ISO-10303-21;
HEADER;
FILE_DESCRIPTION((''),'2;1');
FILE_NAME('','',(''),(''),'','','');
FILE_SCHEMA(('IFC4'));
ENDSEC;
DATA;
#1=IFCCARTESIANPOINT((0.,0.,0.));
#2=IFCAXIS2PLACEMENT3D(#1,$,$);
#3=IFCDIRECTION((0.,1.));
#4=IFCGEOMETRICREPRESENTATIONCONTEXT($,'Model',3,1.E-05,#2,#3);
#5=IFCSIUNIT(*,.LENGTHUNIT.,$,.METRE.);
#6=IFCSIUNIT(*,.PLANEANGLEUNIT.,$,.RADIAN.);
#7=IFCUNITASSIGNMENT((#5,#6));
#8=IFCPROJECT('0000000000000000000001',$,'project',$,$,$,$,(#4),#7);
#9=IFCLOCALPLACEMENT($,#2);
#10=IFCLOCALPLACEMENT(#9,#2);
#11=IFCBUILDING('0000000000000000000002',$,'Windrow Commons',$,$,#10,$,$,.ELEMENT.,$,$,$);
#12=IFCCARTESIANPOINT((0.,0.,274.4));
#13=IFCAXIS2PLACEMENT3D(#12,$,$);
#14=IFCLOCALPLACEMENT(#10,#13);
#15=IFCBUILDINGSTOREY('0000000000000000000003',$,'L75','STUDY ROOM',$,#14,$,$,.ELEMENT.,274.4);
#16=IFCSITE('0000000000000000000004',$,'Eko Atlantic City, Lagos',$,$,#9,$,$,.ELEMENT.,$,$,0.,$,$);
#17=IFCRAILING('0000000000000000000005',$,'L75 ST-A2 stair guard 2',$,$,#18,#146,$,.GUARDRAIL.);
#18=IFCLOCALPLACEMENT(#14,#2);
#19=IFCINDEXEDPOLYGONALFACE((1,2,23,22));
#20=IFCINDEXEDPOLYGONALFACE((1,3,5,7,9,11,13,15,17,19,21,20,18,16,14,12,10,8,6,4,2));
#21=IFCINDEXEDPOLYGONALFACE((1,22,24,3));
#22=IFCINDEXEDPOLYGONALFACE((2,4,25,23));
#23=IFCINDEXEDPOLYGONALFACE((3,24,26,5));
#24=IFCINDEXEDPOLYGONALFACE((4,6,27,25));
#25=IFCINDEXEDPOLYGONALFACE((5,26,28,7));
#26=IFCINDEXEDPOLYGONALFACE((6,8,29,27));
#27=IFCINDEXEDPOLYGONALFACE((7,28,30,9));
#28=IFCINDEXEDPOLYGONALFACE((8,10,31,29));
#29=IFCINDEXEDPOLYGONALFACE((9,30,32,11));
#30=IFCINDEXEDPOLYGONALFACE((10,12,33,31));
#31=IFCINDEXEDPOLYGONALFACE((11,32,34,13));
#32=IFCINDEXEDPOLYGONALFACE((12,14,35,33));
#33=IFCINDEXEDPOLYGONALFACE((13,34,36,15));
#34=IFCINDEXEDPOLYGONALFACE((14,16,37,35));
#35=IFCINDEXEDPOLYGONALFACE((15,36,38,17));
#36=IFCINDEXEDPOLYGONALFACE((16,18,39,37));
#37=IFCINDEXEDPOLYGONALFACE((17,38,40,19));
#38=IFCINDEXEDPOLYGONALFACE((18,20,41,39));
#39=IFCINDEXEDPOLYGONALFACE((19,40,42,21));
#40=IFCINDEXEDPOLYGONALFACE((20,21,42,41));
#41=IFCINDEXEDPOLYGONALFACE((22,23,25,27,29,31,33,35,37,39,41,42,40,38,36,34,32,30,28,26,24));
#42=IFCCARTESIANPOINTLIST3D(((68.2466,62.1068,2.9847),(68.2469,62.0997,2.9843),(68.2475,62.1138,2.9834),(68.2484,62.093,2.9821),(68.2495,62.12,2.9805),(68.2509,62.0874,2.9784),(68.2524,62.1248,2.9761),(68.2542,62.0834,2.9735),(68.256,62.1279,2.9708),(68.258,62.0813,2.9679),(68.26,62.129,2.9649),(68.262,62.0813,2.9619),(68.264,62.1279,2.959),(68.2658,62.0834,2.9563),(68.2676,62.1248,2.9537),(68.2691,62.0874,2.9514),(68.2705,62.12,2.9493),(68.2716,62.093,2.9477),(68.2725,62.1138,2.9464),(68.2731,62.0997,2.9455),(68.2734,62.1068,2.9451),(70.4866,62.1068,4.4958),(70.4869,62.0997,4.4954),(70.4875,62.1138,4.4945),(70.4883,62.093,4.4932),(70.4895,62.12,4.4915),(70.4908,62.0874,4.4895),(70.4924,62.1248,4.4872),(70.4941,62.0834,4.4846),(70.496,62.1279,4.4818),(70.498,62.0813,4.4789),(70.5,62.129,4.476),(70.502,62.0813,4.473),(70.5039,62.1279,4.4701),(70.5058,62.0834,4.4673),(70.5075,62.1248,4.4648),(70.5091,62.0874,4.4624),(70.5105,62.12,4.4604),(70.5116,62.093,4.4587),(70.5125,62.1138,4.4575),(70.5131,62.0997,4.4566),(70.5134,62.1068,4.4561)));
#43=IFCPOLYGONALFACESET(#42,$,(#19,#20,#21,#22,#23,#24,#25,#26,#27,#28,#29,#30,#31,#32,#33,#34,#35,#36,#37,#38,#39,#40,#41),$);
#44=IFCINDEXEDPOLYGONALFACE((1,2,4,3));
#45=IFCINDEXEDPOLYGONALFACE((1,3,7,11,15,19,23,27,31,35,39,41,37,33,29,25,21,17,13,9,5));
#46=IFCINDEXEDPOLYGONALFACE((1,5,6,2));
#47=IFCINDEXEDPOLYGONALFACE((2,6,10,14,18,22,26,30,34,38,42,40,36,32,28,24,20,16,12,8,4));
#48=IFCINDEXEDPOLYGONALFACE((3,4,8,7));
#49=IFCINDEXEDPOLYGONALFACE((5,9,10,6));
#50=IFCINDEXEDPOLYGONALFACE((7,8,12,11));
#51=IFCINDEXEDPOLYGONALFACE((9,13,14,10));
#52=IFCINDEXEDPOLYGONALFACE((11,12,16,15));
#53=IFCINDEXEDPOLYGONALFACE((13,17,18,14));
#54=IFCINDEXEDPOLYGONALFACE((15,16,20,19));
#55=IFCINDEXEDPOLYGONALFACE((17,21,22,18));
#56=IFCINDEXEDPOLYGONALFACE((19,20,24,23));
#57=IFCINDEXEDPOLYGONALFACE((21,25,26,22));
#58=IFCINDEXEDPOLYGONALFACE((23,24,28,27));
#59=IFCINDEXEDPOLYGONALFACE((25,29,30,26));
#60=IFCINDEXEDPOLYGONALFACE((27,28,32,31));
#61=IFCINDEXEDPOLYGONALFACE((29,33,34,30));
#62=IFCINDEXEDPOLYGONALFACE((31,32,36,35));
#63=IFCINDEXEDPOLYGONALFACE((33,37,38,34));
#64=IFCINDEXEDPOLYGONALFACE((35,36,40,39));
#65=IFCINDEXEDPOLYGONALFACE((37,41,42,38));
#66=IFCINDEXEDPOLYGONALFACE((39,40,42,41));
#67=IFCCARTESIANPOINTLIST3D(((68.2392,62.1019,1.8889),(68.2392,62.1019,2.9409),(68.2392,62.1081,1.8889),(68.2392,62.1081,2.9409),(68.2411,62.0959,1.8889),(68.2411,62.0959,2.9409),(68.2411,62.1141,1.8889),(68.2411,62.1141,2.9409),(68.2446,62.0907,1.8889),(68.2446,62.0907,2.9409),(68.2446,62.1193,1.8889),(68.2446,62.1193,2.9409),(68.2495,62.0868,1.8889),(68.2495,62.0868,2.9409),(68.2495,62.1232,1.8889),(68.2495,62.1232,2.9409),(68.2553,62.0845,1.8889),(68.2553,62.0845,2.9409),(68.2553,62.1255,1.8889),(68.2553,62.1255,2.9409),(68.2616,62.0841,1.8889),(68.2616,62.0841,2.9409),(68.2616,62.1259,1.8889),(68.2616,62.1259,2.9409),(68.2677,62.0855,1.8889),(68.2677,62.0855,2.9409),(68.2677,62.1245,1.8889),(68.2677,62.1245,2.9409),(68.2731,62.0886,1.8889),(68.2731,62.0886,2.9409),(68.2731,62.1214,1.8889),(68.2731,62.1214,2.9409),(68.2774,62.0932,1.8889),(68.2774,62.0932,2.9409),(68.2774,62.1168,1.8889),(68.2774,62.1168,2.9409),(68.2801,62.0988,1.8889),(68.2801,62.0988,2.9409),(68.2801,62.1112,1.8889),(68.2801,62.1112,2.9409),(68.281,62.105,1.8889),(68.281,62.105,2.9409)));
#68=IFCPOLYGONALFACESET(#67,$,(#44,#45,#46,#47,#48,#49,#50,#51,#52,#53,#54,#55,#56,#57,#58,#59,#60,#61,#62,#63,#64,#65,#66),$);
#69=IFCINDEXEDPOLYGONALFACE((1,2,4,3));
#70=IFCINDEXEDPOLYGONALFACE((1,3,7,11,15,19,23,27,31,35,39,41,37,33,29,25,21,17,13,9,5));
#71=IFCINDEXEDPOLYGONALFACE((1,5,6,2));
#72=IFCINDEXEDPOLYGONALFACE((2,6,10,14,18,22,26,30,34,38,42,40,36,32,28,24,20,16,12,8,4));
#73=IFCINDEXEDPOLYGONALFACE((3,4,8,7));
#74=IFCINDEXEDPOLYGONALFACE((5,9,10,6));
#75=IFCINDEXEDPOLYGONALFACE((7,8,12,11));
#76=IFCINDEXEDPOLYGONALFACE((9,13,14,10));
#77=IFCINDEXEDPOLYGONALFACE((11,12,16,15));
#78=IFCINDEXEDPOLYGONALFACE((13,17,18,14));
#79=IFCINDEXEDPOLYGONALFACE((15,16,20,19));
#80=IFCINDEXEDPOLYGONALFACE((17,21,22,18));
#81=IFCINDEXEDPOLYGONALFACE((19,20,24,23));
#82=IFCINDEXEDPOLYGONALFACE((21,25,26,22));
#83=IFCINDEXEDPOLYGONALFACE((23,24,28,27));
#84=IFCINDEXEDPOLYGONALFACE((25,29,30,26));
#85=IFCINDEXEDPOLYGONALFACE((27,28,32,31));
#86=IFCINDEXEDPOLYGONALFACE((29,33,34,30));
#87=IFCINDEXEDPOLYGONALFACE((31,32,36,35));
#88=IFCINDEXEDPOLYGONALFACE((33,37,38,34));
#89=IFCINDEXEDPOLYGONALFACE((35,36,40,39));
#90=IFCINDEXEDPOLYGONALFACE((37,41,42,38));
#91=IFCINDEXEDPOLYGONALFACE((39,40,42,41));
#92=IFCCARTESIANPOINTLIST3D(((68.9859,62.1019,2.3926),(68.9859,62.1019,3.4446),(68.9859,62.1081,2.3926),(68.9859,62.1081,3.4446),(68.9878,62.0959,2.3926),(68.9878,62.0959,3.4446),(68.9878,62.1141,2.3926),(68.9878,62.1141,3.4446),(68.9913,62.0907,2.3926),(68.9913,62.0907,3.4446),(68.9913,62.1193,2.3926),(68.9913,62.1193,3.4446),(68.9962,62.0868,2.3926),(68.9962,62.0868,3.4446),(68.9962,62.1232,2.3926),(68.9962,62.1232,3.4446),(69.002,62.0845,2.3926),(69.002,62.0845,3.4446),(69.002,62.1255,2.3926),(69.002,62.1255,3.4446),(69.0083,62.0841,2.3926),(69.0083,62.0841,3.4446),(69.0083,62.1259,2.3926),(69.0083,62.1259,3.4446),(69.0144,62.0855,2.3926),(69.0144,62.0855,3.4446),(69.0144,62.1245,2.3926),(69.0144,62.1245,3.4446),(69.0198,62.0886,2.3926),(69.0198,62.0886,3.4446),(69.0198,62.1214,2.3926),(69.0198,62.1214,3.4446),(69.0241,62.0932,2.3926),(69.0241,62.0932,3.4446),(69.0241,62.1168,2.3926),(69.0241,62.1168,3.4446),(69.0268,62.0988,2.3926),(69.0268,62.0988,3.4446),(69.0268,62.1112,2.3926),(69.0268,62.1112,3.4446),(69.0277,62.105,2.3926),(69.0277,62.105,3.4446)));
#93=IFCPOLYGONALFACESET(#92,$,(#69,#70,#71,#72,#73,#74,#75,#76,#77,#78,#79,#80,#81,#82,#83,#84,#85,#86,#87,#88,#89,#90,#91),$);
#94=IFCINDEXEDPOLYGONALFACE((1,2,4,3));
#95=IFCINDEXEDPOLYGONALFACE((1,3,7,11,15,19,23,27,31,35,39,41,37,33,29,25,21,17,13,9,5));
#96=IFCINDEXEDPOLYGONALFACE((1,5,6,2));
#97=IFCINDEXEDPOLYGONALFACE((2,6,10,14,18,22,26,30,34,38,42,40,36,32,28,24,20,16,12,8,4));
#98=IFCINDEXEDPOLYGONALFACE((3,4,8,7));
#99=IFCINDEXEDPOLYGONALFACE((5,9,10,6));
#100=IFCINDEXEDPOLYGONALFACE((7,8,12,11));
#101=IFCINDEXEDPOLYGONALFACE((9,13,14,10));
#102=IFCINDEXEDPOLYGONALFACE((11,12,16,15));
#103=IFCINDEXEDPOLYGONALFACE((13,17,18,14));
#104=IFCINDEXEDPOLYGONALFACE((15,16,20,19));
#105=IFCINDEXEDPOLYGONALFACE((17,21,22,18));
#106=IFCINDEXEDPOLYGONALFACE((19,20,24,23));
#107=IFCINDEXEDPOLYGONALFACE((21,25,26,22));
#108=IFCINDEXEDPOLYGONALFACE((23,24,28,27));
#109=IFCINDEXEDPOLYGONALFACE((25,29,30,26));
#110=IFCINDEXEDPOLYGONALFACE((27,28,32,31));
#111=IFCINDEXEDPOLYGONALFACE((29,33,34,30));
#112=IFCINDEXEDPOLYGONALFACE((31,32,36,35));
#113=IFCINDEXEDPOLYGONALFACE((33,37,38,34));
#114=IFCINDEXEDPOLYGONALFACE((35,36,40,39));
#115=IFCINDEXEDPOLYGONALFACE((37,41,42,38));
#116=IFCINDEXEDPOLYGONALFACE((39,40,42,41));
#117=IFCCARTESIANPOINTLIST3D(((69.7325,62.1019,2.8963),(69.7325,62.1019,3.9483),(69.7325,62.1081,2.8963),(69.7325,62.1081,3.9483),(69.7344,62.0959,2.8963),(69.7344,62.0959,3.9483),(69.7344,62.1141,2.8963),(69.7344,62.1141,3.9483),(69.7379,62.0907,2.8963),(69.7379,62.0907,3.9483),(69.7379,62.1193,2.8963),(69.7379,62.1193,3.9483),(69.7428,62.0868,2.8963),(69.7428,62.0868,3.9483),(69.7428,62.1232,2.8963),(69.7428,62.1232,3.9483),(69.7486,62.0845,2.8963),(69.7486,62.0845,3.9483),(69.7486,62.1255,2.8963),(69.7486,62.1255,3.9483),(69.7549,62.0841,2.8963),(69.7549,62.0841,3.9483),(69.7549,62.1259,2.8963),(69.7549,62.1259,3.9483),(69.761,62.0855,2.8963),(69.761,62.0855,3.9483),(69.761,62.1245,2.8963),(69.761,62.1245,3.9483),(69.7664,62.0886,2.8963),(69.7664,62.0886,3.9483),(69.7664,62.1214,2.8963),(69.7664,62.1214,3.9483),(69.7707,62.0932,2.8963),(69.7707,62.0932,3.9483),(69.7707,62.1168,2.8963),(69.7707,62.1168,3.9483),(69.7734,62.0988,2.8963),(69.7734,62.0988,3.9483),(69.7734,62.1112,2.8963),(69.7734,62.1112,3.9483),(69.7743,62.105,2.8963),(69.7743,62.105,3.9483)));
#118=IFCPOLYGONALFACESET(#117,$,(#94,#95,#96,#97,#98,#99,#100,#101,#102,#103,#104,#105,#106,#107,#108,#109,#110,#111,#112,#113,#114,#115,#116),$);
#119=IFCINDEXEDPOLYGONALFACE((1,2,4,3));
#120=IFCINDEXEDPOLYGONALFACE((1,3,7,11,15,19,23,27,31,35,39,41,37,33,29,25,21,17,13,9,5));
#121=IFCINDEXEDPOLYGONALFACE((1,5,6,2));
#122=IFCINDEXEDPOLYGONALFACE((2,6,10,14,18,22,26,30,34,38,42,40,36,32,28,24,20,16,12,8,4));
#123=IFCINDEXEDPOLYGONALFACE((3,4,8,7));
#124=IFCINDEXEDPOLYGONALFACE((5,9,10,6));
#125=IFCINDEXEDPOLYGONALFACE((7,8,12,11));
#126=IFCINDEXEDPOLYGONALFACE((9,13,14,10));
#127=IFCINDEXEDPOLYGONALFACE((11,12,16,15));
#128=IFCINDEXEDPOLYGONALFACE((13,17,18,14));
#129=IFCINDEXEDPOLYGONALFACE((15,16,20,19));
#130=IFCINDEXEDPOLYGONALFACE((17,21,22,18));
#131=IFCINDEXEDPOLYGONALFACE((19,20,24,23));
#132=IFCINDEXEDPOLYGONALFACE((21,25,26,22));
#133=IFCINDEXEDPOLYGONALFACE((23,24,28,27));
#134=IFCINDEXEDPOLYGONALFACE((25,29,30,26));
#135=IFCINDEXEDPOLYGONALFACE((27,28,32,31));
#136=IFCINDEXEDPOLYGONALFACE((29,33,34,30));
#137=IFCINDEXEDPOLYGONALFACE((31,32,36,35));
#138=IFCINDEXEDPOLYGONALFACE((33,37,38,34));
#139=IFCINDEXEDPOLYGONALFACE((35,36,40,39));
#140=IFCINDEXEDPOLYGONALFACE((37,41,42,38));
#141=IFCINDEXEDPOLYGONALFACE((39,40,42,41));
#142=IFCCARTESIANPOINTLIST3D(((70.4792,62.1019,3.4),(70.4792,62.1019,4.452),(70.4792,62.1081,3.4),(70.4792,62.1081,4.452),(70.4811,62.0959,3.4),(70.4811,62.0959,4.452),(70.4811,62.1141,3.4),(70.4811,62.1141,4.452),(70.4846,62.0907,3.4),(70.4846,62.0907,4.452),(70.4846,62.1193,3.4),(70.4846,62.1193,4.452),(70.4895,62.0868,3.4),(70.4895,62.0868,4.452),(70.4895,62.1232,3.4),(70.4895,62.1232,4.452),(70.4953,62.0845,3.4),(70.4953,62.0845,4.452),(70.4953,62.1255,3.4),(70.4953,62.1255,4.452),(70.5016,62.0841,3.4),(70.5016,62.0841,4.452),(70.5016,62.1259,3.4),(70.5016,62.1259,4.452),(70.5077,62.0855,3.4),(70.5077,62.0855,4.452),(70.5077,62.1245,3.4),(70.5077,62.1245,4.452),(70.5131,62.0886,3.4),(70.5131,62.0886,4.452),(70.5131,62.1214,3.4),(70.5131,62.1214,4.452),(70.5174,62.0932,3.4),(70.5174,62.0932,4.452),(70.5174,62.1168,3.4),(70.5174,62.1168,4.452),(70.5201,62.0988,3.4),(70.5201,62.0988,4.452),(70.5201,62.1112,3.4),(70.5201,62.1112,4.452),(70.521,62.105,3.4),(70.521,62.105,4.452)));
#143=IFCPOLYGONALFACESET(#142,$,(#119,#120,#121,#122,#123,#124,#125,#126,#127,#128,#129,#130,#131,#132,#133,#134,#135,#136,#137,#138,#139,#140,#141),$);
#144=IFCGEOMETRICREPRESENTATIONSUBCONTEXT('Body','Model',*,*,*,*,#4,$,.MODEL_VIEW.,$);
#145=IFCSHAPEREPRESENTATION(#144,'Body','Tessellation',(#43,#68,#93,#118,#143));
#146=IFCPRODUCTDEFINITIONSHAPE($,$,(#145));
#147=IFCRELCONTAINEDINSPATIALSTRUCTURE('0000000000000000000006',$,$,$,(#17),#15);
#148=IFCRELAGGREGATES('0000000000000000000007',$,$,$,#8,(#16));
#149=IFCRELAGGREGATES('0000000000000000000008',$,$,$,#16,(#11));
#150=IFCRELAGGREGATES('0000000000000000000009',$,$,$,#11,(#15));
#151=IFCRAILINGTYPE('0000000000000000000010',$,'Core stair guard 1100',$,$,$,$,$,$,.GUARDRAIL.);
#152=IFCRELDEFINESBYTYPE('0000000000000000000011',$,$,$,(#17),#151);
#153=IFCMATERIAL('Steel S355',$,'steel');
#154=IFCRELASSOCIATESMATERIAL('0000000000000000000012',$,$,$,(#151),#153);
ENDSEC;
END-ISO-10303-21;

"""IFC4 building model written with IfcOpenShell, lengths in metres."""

from ifc_helpers import new_model, si_unit, direction, frame, origin, origin_2d, place, context, subcontext, project, spatial, circle, extrude, material, type_object, element, save


model = new_model("IFC4")

# Units and contexts
model_context = context("Model", 3, precision=1e-05, world=origin(), true_north=direction((0.0, 1.0)))
body_context = subcontext(model_context, "Body", "Model", "MODEL_VIEW")
ifc_project = project(units=[si_unit("LENGTHUNIT", "METRE"), si_unit("PLANEANGLEUNIT", "RADIAN")], contexts=[model_context])

# Site, building, storey
site_placement = place(None, origin())
site = spatial("IfcSite", under=ifc_project, at=site_placement, Name="Eko Atlantic City, Lagos", CompositionType="ELEMENT", RefElevation=0.0)
building_placement = place(site_placement, origin())
building = spatial("IfcBuilding", under=site, at=building_placement, Name="Windrow Commons", CompositionType="ELEMENT")
storey_placement = place(building_placement, frame((0.0, 0.0, 274.4)))
storey = spatial("IfcBuildingStorey", under=building, at=storey_placement, Name="L75", Description="STUDY ROOM", CompositionType="ELEMENT", Elevation=274.4)

# Railing
ifc_material_1 = material(Name="Steel S355", Category="steel")
railing_type_1 = type_object("IfcRailingType", Name="Core stair guard 1100", PredefinedType="GUARDRAIL", material=ifc_material_1)
railing_1_placement = place(storey_placement, frame((68.26, 62.105, 1.8889)))
element("IfcRailing", 1, at=railing_1_placement, inside=storey, type_object=railing_type_1, Name="L75 ST-A2 stair guard 2", PredefinedType="GUARDRAIL", context=body_context, shape_type="SweptSolid", body=[
    extrude(circle(Radius=0.024, at=origin_2d()), frame((0.0, 0.0, 1.076), z_axis=(0.829003, 0.0, 0.559244), x_axis=(0.0, 1.0, 0.0)), (0.0, 0.0, 1.0), 2.702),
    extrude(circle(Radius=0.021, at=origin_2d()), origin(), (0.0, 0.0, 1.0), 1.052),
    extrude(circle(Radius=0.021, at=origin_2d()), frame((0.7467, 0.0, 0.5037)), (0.0, 0.0, 1.0), 1.052),
    extrude(circle(Radius=0.021, at=origin_2d()), frame((1.4933, 0.0, 1.0074)), (0.0, 0.0, 1.0), 1.052),
    extrude(circle(Radius=0.021, at=origin_2d()), frame((2.24, 0.0, 1.5111)), (0.0, 0.0, 1.0), 1.052),
])

save(model, "model.ifc")
